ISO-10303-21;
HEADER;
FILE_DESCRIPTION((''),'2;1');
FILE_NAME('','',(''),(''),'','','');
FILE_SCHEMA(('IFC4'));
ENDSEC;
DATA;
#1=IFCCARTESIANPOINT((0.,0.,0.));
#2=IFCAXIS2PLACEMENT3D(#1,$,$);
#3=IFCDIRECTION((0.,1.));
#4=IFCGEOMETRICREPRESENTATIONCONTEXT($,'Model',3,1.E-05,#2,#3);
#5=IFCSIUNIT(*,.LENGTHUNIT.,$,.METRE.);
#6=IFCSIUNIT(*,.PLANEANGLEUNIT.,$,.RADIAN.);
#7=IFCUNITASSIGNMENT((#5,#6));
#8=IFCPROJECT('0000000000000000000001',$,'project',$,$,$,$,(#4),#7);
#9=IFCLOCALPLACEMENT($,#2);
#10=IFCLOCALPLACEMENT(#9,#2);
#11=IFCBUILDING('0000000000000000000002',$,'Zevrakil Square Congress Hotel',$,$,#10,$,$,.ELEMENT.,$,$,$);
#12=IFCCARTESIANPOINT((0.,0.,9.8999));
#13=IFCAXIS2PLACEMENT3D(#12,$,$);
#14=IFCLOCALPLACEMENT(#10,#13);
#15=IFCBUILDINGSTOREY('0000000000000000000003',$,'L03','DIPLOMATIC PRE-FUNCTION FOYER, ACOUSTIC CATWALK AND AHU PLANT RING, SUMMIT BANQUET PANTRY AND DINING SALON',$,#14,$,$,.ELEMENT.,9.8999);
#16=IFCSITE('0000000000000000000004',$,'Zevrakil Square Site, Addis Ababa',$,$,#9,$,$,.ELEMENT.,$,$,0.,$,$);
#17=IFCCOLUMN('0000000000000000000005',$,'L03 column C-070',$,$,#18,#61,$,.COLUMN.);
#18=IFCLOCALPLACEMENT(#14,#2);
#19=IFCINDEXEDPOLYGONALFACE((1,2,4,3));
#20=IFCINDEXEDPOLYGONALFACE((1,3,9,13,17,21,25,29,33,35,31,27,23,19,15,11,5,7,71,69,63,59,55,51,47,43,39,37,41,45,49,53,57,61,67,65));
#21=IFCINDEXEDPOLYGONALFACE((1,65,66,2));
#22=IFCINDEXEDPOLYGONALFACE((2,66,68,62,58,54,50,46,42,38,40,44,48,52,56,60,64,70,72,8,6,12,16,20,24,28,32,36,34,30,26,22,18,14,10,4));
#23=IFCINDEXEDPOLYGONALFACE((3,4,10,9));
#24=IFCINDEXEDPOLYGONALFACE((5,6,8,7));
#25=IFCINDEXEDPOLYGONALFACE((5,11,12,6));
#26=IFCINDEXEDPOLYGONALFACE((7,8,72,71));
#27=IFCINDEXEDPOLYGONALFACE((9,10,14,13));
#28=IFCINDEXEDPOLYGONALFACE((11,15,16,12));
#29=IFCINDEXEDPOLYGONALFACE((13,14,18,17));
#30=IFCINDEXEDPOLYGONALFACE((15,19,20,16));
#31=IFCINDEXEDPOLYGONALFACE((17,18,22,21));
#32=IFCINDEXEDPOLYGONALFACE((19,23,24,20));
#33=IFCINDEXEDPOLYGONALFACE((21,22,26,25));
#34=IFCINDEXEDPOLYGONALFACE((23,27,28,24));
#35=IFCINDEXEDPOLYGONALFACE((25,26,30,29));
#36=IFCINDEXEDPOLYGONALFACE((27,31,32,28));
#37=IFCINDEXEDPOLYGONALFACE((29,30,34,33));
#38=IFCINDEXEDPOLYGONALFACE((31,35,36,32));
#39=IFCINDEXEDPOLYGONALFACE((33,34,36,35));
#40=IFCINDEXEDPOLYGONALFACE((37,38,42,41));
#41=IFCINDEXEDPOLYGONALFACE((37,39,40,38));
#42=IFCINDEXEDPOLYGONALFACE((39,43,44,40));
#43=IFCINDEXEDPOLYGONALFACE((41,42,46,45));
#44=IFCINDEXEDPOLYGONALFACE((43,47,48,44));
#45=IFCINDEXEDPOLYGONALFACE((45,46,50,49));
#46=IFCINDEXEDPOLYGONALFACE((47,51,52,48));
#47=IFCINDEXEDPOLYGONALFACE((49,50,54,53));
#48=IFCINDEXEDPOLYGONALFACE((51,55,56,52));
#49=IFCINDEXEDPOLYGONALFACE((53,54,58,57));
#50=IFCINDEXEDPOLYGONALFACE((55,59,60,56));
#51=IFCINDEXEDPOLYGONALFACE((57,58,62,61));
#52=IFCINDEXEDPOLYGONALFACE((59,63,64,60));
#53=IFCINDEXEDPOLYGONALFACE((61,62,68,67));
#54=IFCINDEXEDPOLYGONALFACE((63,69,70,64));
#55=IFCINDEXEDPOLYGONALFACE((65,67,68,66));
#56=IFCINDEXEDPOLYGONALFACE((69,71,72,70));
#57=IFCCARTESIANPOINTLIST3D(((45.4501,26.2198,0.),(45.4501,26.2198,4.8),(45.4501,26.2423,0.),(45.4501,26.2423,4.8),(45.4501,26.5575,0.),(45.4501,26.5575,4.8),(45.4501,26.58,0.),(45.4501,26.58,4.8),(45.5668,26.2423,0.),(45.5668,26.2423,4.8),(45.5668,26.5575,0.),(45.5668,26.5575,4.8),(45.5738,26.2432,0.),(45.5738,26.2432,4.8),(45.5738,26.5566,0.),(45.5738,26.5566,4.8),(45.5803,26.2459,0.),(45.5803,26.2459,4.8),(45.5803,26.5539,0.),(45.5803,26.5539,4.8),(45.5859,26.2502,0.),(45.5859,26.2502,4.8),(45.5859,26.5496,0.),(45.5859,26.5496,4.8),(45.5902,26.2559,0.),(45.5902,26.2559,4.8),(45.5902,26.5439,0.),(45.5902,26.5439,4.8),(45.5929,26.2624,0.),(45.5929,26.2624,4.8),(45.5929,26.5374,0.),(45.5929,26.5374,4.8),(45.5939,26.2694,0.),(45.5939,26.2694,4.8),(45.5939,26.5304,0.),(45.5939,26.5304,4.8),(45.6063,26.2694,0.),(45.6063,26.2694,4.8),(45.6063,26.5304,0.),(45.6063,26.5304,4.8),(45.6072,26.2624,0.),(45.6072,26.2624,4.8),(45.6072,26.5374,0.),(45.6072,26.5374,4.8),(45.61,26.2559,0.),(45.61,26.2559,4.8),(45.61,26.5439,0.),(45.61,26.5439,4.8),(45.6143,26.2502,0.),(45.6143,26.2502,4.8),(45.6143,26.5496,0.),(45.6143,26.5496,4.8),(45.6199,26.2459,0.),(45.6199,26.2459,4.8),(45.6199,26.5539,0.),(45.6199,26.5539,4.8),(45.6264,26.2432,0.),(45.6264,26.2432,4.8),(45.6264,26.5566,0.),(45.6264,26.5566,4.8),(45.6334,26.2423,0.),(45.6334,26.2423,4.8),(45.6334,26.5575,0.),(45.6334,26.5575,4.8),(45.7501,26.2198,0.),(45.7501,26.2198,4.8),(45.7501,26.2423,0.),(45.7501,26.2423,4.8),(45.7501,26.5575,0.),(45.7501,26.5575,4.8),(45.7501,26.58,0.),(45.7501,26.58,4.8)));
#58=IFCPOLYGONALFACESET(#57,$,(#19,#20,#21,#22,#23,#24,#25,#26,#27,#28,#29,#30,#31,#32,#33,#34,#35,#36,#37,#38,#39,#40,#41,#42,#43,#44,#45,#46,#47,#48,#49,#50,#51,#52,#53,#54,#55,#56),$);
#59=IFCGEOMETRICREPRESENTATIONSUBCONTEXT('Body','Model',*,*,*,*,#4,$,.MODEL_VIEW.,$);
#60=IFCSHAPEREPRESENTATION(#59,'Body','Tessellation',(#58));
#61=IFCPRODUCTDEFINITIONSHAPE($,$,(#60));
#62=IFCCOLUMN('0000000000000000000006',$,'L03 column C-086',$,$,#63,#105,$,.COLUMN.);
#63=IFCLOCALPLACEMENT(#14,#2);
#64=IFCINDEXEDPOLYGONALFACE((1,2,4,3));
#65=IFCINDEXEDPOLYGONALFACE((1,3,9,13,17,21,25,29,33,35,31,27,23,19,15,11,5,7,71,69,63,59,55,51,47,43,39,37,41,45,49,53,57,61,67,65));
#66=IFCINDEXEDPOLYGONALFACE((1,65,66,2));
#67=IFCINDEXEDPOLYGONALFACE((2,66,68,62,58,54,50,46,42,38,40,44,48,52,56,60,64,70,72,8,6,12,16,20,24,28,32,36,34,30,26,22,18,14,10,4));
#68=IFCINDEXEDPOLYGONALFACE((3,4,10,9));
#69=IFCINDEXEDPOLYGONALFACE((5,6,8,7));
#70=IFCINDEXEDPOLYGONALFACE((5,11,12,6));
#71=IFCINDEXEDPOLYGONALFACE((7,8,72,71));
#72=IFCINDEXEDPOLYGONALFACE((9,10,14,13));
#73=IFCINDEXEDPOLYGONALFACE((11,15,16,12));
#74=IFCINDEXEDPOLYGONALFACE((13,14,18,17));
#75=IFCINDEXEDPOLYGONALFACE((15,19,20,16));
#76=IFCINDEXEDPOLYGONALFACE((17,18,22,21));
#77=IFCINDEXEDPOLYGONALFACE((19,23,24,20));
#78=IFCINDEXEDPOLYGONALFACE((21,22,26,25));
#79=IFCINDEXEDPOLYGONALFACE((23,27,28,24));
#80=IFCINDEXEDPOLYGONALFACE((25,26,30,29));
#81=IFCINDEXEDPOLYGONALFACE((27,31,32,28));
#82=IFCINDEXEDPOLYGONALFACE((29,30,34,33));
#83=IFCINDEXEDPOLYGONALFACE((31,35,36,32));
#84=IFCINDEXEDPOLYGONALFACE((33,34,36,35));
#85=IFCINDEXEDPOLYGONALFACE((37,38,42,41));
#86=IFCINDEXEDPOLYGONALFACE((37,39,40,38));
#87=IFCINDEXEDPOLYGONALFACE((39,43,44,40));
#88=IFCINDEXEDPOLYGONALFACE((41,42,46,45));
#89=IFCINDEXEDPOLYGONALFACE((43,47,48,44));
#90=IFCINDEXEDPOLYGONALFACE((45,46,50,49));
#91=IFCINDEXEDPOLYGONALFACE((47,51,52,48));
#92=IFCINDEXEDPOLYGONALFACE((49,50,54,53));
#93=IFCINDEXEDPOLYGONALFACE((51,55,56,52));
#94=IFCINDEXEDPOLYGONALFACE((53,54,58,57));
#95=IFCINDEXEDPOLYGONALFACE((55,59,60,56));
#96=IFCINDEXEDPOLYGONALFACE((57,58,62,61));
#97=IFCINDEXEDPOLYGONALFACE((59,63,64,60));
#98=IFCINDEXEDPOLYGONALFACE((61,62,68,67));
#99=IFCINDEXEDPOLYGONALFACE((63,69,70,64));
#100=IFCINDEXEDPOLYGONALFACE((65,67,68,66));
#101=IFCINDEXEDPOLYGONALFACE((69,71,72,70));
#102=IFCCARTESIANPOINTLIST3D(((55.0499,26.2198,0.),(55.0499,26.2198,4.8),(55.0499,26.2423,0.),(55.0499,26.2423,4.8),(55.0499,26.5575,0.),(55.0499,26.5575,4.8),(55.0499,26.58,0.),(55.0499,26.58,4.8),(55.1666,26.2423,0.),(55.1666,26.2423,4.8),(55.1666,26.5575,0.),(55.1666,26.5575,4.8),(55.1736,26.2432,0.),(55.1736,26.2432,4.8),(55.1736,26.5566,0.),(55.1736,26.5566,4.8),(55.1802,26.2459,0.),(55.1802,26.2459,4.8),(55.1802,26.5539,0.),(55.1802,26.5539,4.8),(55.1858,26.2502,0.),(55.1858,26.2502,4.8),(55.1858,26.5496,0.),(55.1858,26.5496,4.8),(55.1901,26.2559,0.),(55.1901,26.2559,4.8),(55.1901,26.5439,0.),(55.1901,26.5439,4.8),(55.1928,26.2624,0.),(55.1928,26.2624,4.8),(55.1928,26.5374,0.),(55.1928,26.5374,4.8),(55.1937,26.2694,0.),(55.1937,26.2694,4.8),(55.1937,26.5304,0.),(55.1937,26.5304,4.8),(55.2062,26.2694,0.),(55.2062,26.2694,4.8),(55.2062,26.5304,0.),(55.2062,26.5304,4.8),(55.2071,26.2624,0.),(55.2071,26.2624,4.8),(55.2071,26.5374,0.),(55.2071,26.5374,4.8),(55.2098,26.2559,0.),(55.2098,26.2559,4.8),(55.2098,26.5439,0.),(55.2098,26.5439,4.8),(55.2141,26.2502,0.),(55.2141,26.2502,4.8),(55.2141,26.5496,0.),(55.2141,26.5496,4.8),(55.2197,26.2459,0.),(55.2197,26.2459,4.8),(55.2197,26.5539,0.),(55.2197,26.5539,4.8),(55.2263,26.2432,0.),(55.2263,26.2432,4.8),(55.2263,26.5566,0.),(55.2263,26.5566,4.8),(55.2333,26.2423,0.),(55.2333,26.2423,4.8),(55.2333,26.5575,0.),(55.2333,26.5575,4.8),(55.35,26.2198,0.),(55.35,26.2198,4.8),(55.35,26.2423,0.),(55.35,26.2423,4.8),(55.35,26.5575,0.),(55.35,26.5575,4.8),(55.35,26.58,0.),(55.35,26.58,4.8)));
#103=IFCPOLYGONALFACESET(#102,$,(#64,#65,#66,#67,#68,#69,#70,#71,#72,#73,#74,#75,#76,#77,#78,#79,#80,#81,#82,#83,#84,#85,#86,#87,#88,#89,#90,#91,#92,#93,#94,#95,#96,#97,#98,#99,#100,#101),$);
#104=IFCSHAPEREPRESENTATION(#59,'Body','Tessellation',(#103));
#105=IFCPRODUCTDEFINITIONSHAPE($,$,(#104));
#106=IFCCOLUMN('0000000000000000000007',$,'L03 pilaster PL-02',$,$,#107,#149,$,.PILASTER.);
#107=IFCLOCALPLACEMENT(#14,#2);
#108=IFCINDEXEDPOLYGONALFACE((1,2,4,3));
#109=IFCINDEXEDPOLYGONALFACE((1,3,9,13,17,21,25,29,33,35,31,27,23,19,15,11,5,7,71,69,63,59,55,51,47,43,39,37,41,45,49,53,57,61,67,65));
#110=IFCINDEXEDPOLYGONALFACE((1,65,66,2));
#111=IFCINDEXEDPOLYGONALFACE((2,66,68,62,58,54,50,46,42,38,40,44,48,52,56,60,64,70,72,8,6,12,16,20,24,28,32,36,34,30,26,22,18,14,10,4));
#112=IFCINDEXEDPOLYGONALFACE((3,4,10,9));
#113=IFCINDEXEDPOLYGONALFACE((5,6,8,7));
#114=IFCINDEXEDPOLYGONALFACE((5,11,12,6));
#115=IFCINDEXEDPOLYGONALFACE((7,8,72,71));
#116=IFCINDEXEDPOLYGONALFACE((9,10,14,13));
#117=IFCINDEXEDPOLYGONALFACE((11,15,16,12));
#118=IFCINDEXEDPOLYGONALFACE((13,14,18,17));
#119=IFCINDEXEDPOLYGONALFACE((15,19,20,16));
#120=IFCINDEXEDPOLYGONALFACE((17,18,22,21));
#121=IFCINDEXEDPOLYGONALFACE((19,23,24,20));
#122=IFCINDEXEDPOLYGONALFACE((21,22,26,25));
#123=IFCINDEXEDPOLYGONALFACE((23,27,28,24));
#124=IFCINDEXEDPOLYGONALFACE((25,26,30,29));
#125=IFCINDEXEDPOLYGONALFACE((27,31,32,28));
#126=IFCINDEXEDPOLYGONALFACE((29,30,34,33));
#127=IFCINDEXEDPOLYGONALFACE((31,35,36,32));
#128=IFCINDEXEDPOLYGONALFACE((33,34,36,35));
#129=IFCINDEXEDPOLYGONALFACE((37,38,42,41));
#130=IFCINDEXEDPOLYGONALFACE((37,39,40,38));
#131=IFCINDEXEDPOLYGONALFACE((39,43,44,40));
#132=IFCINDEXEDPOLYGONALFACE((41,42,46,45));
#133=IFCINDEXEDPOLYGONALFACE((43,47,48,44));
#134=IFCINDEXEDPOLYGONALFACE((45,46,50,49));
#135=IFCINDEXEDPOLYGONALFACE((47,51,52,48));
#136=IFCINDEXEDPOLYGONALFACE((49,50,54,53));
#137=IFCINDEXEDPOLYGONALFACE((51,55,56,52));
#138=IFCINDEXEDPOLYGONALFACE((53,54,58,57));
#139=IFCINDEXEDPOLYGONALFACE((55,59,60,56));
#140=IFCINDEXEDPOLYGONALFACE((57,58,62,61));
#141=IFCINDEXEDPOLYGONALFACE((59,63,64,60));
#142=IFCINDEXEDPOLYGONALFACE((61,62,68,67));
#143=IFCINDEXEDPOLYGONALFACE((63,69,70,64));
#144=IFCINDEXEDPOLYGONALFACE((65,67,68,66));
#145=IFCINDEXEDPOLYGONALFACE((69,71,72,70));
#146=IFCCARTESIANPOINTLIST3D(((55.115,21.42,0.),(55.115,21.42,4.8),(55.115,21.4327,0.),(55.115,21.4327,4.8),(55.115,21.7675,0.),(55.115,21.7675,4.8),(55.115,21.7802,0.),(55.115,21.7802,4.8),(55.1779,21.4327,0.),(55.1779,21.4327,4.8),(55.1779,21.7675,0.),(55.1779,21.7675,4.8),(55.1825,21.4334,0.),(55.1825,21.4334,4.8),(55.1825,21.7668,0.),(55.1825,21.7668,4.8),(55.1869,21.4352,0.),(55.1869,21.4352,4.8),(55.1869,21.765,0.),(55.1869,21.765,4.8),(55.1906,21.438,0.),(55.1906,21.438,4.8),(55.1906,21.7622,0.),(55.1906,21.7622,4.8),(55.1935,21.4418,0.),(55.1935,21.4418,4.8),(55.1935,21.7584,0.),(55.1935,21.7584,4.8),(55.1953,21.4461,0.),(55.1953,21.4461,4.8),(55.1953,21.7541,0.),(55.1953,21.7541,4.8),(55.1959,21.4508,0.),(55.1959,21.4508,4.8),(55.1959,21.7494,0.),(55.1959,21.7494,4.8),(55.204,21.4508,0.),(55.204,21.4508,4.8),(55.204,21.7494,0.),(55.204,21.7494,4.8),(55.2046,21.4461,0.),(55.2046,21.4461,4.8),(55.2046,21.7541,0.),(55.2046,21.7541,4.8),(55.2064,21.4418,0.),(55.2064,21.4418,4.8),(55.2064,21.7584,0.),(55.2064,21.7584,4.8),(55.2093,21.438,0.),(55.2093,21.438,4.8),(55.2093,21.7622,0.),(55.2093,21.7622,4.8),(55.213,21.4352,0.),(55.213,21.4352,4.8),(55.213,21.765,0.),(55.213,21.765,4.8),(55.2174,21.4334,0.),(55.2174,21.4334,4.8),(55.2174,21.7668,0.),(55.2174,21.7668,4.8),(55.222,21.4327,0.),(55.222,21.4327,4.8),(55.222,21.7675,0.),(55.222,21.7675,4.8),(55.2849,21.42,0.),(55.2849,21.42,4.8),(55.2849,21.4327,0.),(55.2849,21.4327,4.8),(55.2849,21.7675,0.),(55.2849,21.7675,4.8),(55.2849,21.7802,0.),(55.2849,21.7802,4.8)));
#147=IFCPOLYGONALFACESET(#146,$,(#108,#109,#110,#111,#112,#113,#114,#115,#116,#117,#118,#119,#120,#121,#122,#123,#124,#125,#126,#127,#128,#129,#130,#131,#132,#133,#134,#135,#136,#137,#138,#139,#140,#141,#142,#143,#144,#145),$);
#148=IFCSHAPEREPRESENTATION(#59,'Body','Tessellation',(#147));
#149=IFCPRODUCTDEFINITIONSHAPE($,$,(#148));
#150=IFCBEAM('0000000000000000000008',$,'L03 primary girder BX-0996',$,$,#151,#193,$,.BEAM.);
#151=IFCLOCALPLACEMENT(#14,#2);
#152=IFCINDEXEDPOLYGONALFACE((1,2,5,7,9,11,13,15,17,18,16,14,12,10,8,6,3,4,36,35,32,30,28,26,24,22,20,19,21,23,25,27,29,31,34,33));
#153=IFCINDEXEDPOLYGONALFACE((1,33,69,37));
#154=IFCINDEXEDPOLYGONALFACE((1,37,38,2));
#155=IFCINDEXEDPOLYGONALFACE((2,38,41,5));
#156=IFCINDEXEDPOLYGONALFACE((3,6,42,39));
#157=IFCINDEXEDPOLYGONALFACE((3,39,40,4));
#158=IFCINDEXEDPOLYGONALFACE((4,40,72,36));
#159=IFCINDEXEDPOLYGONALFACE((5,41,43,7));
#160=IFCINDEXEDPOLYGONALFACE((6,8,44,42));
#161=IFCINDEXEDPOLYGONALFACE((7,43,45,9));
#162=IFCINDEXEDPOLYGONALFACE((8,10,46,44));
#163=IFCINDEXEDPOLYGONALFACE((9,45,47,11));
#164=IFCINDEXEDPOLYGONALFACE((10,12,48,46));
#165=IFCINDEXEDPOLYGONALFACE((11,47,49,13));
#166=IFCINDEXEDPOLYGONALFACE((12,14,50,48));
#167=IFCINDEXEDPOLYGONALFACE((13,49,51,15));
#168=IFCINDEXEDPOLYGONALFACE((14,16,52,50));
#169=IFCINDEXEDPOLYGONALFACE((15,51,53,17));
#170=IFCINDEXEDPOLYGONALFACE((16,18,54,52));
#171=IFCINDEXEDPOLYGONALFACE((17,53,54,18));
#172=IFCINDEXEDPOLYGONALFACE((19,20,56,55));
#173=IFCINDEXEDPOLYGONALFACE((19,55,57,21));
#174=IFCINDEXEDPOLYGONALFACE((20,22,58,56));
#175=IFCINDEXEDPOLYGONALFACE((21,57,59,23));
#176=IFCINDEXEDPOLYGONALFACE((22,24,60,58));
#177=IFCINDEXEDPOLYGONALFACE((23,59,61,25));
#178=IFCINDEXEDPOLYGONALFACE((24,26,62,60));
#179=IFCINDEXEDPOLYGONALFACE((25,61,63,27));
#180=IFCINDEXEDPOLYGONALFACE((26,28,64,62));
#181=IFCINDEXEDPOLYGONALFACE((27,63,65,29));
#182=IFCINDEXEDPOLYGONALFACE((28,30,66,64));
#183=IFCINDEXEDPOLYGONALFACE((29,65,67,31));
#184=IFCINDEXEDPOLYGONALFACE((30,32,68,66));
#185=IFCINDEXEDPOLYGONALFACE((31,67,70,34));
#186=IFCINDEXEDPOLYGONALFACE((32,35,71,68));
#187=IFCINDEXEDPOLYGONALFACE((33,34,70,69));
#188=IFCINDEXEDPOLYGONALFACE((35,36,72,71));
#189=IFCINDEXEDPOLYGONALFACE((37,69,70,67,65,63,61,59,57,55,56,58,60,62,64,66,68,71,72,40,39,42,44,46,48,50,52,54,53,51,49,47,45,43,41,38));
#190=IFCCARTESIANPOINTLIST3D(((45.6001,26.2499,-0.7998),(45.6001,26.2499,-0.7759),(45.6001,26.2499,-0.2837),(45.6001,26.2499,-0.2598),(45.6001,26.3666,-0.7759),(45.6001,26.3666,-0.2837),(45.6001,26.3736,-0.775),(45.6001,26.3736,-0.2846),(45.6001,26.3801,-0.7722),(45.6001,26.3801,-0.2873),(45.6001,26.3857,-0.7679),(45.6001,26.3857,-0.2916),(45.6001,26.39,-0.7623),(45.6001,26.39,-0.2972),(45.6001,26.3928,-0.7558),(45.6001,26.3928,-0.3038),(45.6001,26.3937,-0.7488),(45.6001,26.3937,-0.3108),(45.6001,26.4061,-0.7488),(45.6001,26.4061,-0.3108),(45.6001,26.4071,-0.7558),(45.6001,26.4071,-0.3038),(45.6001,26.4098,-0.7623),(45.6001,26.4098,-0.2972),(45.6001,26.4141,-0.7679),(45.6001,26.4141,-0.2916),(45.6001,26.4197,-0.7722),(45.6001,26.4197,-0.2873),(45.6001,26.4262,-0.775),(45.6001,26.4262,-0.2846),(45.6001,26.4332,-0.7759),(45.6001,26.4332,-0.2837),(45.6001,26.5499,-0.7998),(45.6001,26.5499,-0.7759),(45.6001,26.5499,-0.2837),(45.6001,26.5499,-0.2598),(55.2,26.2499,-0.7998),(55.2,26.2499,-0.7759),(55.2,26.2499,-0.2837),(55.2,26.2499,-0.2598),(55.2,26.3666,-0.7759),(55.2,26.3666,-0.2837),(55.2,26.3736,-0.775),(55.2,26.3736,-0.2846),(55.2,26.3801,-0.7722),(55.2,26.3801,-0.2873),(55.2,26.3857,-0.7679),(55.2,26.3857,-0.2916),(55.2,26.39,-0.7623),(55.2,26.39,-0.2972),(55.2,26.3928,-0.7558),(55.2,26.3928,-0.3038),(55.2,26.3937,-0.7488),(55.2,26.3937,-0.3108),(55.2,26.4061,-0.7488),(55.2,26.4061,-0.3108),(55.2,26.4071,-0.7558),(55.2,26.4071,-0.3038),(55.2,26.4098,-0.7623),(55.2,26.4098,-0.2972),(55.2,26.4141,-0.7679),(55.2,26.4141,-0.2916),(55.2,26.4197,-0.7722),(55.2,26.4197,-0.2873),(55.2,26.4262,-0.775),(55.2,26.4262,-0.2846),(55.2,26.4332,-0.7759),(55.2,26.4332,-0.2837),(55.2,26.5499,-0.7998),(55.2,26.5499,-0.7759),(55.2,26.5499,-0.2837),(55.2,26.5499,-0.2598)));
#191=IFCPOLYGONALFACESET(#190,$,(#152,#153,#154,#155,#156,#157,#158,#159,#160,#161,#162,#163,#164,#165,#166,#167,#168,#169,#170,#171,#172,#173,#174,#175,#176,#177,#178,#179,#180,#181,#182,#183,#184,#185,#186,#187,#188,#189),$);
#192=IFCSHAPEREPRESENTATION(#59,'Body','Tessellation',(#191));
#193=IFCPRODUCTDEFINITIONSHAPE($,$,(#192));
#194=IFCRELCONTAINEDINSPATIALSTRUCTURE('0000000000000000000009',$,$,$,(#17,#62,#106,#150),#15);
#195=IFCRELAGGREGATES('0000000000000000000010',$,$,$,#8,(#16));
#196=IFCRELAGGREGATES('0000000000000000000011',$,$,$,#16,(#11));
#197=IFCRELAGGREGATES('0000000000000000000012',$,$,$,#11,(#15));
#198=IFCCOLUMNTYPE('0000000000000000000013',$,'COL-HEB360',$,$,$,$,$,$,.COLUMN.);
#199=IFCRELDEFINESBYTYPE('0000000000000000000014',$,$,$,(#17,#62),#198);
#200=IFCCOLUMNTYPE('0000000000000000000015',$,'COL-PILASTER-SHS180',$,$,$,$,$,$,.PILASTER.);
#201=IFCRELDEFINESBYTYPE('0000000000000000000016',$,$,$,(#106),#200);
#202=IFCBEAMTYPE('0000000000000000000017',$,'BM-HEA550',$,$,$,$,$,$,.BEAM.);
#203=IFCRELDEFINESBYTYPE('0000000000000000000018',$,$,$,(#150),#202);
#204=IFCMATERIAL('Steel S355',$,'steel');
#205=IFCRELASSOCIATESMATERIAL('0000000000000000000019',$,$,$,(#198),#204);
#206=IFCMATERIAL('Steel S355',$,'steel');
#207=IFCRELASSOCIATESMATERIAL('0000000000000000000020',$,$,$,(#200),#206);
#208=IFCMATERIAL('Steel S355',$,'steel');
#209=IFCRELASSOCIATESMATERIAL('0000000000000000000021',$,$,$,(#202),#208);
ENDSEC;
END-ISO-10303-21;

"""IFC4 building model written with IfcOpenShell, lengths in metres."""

from ifc_helpers import new_model, si_unit, direction, frame, origin, origin_2d, place, context, subcontext, project, spatial, i_section, extrude, material, material_profile, profile_set, type_object, element, save


model = new_model("IFC4")

# Units and contexts
model_context = context("Model", 3, precision=1e-05, world=origin(), true_north=direction((0.0, 1.0)))
body_context = subcontext(model_context, "Body", "Model", "MODEL_VIEW")
ifc_project = project(units=[si_unit("LENGTHUNIT", "METRE"), si_unit("PLANEANGLEUNIT", "RADIAN")], contexts=[model_context])

# Site, building, storey
site_placement = place(None, origin())
site = spatial("IfcSite", under=ifc_project, at=site_placement, Name="Zevrakil Square Site, Addis Ababa", CompositionType="ELEMENT", RefElevation=0.0)
building_placement = place(site_placement, origin())
building = spatial("IfcBuilding", under=site, at=building_placement, Name="Zevrakil Square Congress Hotel", CompositionType="ELEMENT")
storey_placement = place(building_placement, frame((0.0, 0.0, 9.8999)))
storey = spatial("IfcBuildingStorey", under=building, at=storey_placement, Name="L03", Description="DIPLOMATIC PRE-FUNCTION FOYER, ACOUSTIC CATWALK AND AHU PLANT RING, SUMMIT BANQUET PANTRY AND DINING SALON", CompositionType="ELEMENT", Elevation=9.8999)

# Columns
ifc_material_1 = material(Name="Steel S355", Category="steel")
ifc_material_profile_1 = material_profile(ifc_material_1, i_section(OverallWidth=0.3, OverallDepth=0.3601, WebThickness=0.0125, FlangeThickness=0.0225, FilletRadius=0.0271, at=origin_2d()), Name="HEB 360")
ifc_profile_set_1 = profile_set([ifc_material_profile_1], Name="Steel S355")
column_type_1 = type_object("IfcColumnType", Name="COL-HEB360", PredefinedType="COLUMN", material=ifc_profile_set_1)
for number, where, z_axis, x_axis, name in (
    (1, (45.6001, 26.3999, 0.0), (0.0, 0.0, 1.0), (1.0, 0.0, 0.0), "L03 column C-070"),
    (2, (55.2, 26.3999, 0.0), (0.0, 0.0, 1.0), (1.0, 0.0, 0.0), "L03 column C-086"),
):
    element("IfcColumn", number, at=place(storey_placement, frame(where, z_axis=z_axis, x_axis=x_axis)), inside=storey, type_object=column_type_1, Name=name, PredefinedType="COLUMN", context=body_context, shape_type="SweptSolid", body=[
        extrude(i_section(OverallWidth=0.3, OverallDepth=0.3601, WebThickness=0.0125, FlangeThickness=0.0225, FilletRadius=0.0271, at=origin_2d()), origin(), (0.0, 0.0, 1.0), 4.8),
    ])
ifc_material_2 = material(Name="Steel S355", Category="steel")
ifc_material_profile_2 = material_profile(ifc_material_2, i_section(OverallWidth=0.1699, OverallDepth=0.3601, WebThickness=0.0081, FlangeThickness=0.0127, FilletRadius=0.0181, at=origin_2d()), Name="IPE 360")
ifc_profile_set_2 = profile_set([ifc_material_profile_2], Name="Steel S355")
column_type_2 = type_object("IfcColumnType", Name="COL-PILASTER-SHS180", PredefinedType="PILASTER", material=ifc_profile_set_2)
column_placement = place(storey_placement, frame((55.2, 21.6001, 0.0), z_axis=(0.0, 0.0, 1.0), x_axis=(1.0, 0.0, 0.0)))
element("IfcColumn", 3, at=column_placement, inside=storey, type_object=column_type_2, Name="L03 pilaster PL-02", PredefinedType="PILASTER", context=body_context, shape_type="SweptSolid", body=[
    extrude(i_section(OverallWidth=0.1699, OverallDepth=0.3601, WebThickness=0.0081, FlangeThickness=0.0127, FilletRadius=0.0181, at=origin_2d()), origin(), (0.0, 0.0, 1.0), 4.8),
])

# Beam
ifc_material_3 = material(Name="Steel S355", Category="steel")
ifc_material_profile_3 = material_profile(ifc_material_3, i_section(OverallWidth=0.3, OverallDepth=0.54, WebThickness=0.0125, FlangeThickness=0.0239, FilletRadius=0.0271, at=origin_2d()), Name="HEA 550")
ifc_profile_set_3 = profile_set([ifc_material_profile_3], Name="Steel S355")
beam_type_1 = type_object("IfcBeamType", Name="BM-HEA550", PredefinedType="BEAM", material=ifc_profile_set_3)
beam_1_placement = place(storey_placement, frame((45.6001, 26.3999, -0.5298), z_axis=(1.0, 0.0, 0.0), x_axis=(0.0, 1.0, 0.0)))
element("IfcBeam", 4, at=beam_1_placement, inside=storey, type_object=beam_type_1, Name="L03 primary girder BX-0996", PredefinedType="BEAM", context=body_context, shape_type="SweptSolid", body=[
    extrude(i_section(OverallWidth=0.3, OverallDepth=0.54, WebThickness=0.0125, FlangeThickness=0.0239, FilletRadius=0.0271, at=origin_2d()), origin(), (0.0, 0.0, 1.0), 9.5999),
])

save(model, "model.ifc")
